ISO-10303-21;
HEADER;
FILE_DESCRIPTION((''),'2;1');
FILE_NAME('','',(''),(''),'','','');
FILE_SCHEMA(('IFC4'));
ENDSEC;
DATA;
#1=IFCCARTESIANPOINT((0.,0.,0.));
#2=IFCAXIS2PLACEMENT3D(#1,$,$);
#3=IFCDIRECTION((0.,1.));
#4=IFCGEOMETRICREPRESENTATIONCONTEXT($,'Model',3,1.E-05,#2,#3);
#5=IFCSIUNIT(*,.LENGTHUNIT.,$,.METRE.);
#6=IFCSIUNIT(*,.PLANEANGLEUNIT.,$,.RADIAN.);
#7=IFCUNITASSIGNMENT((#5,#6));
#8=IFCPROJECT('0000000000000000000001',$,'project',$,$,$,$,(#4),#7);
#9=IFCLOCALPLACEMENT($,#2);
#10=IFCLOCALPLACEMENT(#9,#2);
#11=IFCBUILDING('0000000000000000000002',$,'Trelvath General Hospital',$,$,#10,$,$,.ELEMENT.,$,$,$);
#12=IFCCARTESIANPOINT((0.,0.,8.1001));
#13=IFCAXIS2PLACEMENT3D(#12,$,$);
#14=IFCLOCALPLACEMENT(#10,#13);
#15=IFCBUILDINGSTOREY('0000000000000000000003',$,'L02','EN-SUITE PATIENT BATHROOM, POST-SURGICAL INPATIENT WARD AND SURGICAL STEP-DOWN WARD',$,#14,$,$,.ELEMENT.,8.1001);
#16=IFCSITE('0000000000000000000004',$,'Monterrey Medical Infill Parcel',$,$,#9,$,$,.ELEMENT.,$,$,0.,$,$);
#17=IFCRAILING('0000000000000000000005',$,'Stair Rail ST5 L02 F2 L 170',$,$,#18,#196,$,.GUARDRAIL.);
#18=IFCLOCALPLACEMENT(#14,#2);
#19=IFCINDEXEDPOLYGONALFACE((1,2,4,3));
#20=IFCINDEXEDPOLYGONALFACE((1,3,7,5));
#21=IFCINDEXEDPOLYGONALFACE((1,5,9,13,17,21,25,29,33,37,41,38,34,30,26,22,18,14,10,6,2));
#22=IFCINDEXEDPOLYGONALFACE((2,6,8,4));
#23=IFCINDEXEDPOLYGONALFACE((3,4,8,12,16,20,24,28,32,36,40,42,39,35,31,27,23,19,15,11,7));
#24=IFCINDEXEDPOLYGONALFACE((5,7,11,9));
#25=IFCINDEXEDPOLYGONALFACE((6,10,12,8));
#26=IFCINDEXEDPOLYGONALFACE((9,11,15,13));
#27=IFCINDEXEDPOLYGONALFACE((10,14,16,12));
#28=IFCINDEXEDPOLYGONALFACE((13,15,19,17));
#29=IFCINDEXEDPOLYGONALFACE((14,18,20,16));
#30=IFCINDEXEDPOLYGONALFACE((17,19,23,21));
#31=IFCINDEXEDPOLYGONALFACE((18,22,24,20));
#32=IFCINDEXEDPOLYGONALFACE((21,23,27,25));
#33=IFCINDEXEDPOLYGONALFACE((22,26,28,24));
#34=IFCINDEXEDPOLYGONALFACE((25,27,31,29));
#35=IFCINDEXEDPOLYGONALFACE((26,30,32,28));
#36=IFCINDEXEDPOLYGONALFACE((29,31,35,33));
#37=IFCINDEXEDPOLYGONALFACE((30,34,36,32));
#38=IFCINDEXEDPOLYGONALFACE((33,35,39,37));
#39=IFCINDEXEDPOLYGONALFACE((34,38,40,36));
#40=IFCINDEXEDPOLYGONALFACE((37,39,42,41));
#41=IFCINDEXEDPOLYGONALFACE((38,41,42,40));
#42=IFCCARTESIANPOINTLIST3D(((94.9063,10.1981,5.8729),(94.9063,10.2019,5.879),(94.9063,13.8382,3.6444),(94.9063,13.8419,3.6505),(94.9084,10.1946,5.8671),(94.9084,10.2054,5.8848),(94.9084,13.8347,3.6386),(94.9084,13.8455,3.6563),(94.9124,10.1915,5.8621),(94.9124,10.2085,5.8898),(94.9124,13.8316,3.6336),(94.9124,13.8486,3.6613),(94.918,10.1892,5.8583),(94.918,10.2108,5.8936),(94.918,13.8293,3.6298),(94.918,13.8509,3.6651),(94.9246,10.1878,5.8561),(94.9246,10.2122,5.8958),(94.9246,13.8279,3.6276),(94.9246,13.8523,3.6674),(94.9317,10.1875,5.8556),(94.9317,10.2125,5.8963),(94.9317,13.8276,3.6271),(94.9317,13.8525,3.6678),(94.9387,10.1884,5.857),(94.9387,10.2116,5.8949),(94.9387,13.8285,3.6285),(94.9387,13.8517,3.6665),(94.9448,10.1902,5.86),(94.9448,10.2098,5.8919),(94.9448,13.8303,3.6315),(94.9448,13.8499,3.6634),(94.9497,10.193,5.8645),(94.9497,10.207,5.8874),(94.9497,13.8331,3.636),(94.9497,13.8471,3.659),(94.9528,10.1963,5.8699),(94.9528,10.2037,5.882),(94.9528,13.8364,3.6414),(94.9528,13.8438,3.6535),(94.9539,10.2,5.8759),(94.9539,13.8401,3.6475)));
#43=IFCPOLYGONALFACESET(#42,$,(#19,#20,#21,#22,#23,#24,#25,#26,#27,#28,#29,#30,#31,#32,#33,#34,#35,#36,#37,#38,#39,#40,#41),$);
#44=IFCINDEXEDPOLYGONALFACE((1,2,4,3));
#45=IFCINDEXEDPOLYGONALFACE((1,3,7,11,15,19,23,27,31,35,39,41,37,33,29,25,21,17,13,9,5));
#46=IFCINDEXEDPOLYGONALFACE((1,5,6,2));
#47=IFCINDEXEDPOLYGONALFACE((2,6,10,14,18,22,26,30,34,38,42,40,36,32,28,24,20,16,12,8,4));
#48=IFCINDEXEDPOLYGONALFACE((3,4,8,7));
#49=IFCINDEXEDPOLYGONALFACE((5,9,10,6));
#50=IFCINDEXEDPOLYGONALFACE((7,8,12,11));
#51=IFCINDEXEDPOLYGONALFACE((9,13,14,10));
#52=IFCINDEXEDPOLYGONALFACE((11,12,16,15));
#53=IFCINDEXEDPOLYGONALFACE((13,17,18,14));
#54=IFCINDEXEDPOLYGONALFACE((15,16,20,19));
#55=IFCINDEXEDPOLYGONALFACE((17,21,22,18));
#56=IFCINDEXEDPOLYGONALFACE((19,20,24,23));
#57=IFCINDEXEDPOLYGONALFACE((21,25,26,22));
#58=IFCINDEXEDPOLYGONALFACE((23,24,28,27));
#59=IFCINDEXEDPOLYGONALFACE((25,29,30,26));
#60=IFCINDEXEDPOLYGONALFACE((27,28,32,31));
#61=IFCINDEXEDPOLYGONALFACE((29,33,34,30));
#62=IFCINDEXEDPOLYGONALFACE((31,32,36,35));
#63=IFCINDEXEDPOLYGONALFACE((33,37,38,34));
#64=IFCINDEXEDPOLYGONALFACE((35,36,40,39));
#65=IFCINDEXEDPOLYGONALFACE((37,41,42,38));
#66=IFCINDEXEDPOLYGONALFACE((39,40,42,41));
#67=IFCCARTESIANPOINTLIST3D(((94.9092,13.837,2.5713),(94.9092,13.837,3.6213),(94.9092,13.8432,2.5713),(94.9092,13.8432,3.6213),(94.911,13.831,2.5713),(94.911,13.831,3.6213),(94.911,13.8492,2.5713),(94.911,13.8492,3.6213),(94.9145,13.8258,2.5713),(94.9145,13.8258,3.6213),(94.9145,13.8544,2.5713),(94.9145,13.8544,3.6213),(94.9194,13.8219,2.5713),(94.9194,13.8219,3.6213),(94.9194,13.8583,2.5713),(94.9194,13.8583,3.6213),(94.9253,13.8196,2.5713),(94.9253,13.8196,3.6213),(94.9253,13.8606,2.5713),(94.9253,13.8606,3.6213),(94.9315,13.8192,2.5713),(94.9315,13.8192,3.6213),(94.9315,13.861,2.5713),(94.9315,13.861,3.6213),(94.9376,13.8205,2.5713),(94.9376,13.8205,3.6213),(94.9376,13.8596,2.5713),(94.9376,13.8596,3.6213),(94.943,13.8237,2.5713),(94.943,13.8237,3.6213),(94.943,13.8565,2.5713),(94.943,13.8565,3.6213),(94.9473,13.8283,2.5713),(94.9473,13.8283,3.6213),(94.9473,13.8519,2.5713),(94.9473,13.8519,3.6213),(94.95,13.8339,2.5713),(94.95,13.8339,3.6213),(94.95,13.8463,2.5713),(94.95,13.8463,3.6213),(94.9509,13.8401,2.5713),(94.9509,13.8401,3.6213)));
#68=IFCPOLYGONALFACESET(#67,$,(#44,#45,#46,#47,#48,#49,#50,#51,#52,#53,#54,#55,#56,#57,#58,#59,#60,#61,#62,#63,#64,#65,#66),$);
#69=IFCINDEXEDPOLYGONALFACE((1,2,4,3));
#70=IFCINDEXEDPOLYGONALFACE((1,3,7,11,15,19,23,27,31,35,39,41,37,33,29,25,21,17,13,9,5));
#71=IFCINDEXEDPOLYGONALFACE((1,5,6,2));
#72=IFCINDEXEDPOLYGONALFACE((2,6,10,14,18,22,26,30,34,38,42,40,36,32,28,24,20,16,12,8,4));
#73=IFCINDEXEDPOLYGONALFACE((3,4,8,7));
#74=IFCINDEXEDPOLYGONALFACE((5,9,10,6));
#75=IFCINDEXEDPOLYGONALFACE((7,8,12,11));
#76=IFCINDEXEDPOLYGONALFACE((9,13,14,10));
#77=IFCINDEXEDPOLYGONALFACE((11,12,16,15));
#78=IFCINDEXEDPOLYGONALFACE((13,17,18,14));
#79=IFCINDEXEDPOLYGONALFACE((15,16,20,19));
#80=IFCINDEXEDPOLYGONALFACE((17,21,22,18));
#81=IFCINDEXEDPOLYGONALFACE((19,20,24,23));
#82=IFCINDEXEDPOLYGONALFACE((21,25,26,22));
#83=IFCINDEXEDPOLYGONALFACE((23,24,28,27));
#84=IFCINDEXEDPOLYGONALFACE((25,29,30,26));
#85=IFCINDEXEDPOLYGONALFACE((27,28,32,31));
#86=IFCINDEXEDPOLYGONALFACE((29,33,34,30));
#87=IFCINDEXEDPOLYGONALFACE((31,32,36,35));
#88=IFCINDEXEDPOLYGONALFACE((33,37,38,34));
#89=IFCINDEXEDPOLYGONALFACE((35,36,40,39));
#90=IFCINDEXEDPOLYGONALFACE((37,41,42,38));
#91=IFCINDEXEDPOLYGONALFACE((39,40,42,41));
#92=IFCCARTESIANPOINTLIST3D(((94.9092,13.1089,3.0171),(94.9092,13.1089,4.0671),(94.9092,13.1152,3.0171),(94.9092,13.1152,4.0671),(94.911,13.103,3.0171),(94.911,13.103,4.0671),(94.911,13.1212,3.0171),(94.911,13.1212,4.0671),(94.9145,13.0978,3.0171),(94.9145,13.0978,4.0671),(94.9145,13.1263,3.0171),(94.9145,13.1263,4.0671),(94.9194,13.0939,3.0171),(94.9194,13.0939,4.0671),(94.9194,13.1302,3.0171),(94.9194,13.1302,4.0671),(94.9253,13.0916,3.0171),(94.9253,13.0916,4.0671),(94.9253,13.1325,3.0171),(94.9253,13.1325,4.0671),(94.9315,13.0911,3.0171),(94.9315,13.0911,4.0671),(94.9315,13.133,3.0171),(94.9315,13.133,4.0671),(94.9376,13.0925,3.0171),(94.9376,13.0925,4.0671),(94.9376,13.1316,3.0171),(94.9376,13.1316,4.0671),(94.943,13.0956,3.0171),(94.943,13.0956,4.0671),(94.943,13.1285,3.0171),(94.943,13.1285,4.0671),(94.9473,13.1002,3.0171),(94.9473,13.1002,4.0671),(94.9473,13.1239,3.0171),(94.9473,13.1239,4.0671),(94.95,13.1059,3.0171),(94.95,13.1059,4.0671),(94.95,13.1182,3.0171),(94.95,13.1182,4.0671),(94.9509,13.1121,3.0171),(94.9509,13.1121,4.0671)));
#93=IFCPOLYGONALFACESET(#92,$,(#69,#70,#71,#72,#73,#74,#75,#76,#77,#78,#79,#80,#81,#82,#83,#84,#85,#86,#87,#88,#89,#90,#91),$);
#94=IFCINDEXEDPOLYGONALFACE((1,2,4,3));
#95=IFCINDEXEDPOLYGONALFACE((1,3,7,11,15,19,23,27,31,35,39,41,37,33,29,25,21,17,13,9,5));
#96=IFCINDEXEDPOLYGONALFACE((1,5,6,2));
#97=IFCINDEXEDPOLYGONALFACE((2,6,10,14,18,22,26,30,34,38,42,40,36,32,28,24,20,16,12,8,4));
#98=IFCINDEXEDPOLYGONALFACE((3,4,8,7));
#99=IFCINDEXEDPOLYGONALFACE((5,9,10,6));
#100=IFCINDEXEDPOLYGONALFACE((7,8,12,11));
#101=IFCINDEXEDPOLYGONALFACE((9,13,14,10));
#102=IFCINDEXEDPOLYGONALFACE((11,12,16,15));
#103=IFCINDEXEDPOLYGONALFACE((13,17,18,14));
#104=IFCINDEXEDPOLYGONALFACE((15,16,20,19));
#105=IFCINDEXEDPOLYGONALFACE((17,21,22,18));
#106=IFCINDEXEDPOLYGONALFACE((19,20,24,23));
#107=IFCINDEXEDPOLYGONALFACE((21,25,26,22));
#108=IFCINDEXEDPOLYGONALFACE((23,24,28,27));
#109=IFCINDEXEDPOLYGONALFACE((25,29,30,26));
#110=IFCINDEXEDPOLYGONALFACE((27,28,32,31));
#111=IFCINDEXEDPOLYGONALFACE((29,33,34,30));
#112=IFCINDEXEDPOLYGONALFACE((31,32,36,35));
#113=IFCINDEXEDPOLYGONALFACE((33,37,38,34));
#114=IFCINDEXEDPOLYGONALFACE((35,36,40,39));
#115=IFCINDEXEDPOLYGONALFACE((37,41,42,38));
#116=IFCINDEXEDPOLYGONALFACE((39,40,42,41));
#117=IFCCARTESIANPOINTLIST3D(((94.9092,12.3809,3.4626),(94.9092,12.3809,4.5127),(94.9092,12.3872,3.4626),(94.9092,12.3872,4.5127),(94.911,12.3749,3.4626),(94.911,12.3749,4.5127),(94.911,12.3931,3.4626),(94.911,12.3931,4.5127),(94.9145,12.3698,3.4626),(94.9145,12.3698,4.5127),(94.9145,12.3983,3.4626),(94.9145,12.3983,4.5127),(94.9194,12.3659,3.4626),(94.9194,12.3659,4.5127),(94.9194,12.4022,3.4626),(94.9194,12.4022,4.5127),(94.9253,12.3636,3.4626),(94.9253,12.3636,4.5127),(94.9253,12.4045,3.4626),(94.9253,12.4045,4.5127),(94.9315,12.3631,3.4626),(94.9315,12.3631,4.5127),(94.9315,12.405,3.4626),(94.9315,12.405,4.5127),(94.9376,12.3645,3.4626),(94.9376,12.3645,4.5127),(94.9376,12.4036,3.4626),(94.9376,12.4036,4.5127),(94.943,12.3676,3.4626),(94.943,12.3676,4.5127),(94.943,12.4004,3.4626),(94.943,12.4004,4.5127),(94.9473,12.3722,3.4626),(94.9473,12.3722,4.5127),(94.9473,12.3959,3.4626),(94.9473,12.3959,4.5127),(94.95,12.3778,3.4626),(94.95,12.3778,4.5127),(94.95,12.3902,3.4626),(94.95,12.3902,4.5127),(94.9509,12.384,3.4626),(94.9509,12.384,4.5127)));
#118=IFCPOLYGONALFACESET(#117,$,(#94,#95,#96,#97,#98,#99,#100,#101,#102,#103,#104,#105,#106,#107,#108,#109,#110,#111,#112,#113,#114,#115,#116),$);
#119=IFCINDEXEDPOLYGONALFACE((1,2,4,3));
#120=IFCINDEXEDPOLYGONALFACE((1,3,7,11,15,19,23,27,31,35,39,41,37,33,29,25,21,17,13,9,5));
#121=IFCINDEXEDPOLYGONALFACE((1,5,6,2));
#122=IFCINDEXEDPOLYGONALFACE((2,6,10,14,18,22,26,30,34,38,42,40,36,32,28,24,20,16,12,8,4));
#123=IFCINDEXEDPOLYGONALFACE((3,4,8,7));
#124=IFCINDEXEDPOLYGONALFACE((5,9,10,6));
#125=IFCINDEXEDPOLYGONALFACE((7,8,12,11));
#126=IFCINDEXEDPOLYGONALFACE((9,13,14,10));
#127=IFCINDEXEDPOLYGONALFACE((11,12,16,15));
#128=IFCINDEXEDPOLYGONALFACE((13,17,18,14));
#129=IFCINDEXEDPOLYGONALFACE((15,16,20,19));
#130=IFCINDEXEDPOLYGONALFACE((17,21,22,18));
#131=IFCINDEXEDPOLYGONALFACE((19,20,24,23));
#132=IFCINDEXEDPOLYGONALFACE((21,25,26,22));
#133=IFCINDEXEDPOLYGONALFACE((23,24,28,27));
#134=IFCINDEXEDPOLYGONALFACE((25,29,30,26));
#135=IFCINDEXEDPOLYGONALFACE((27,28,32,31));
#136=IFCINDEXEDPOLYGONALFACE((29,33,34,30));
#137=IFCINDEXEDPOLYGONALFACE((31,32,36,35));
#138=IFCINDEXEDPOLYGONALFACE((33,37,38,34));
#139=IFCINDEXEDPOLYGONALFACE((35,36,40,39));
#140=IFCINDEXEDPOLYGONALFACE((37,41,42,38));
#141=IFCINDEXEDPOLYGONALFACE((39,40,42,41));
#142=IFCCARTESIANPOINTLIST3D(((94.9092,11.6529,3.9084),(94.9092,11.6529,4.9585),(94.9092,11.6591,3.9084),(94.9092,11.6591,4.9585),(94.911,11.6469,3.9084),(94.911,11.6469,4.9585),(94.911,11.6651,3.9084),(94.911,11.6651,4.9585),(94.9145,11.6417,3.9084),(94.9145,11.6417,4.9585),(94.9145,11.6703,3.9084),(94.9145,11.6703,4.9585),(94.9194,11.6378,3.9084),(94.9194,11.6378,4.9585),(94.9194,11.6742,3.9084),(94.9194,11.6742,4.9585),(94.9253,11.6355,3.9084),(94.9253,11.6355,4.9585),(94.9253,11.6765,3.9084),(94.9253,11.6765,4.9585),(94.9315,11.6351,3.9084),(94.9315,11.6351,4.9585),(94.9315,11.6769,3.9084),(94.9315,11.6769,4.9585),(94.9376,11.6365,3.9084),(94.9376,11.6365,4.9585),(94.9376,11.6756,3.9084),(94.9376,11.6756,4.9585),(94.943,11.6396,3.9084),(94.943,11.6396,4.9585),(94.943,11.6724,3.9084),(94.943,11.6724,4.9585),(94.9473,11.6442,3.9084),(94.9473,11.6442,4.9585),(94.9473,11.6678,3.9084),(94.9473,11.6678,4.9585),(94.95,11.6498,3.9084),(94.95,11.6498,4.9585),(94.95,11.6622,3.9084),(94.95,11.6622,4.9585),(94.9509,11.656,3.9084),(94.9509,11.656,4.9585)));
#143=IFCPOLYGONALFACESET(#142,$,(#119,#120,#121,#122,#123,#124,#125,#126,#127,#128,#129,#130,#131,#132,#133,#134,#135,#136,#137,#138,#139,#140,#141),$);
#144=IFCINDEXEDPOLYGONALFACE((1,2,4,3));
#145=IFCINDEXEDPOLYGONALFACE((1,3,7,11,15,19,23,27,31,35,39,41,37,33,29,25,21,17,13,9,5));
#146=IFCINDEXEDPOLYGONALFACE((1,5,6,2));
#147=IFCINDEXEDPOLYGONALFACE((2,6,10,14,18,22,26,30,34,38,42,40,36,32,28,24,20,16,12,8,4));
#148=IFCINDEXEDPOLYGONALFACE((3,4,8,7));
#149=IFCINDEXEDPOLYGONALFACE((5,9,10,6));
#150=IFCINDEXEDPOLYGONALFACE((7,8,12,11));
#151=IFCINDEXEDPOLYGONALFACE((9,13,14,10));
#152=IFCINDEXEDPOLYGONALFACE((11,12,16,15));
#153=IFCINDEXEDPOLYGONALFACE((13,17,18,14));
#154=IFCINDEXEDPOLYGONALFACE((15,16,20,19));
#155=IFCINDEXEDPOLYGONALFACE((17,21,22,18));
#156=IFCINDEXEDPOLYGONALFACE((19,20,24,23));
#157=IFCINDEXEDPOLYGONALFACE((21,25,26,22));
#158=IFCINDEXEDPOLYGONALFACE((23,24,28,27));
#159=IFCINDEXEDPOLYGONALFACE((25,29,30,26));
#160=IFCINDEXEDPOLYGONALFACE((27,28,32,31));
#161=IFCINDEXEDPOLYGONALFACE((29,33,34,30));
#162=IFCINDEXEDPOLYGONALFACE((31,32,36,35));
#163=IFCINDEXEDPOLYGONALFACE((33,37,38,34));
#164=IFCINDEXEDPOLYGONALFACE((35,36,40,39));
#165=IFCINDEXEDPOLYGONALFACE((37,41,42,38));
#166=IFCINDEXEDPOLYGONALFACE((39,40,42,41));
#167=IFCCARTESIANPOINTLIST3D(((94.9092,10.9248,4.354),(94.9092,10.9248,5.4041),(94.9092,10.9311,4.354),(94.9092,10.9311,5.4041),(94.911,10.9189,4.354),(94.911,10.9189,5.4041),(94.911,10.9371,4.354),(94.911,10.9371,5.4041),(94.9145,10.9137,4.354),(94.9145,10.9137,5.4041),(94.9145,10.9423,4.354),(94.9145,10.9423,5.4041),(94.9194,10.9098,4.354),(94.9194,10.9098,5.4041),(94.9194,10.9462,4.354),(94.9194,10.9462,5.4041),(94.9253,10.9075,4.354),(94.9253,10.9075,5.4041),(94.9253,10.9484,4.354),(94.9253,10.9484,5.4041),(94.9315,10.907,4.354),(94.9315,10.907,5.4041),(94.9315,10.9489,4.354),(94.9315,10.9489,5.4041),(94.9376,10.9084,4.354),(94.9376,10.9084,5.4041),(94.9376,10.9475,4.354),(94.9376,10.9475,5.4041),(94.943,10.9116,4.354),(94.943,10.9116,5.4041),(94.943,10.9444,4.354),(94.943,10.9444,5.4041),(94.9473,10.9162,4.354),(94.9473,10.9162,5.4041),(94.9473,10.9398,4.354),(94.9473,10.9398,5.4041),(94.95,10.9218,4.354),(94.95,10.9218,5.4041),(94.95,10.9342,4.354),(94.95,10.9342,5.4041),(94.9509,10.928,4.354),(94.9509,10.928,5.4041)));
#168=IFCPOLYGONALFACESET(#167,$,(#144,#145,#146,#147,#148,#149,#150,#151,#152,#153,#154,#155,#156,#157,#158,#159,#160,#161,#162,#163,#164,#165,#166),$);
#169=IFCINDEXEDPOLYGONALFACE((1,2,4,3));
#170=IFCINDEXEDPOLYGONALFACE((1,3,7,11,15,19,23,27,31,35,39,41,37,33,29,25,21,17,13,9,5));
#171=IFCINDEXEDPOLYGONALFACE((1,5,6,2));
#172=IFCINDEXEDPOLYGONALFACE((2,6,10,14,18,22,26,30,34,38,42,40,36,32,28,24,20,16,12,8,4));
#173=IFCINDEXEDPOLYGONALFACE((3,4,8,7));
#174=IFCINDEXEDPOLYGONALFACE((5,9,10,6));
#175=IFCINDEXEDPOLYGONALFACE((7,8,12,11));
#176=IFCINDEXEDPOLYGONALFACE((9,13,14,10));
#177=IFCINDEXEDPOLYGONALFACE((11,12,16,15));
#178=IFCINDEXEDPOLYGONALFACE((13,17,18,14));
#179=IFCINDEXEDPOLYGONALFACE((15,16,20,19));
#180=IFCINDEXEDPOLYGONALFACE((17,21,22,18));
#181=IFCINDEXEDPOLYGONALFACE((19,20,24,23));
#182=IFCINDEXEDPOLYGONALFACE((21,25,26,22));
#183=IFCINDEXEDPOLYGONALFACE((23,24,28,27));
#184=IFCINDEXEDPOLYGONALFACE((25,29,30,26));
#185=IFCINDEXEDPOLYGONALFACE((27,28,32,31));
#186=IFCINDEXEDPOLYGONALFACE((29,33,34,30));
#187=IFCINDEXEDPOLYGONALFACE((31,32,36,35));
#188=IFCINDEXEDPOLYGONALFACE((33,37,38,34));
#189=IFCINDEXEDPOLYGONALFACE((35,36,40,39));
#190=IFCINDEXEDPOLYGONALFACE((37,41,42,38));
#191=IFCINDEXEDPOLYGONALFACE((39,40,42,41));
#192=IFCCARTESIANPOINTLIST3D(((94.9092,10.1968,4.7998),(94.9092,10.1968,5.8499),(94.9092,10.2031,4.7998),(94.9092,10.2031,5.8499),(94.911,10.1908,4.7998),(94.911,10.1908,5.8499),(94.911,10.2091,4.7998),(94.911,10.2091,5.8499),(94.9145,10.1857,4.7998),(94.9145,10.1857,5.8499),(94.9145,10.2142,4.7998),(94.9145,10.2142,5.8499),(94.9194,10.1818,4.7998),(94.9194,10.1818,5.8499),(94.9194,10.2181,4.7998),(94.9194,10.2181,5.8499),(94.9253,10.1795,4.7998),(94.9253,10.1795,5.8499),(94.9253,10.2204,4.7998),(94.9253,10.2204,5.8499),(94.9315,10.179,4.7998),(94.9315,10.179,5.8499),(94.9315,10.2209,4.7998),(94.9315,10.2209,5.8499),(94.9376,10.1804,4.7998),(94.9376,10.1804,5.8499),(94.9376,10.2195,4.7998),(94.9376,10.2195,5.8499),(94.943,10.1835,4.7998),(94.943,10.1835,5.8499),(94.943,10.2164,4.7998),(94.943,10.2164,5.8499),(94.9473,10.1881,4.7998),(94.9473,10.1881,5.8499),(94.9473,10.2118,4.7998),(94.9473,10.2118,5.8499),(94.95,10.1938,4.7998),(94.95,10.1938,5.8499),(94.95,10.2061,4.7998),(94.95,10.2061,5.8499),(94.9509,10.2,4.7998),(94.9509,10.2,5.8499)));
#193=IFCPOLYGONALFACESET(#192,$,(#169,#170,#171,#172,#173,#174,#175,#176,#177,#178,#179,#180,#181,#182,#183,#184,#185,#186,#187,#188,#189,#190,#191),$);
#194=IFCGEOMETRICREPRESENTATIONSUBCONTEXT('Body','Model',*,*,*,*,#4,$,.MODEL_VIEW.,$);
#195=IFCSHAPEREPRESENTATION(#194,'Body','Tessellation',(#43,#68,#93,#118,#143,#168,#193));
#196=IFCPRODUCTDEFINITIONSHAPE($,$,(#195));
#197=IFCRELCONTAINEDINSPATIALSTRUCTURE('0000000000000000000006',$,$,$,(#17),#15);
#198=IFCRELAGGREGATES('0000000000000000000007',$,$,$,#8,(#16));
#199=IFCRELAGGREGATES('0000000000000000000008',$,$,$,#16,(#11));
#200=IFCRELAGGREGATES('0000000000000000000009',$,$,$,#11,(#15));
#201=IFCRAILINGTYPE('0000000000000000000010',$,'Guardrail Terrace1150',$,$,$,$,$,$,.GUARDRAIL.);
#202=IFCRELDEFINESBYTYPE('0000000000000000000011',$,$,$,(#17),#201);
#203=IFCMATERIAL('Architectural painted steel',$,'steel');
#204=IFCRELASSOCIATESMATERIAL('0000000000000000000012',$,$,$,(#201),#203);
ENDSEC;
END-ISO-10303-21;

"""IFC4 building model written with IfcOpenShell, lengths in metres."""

from ifc_helpers import new_model, si_unit, direction, frame, origin, origin_2d, place, context, subcontext, project, spatial, circle, extrude, material, type_object, element, save


model = new_model("IFC4")

# Units and contexts
model_context = context("Model", 3, precision=1e-05, world=origin(), true_north=direction((0.0, 1.0)))
body_context = subcontext(model_context, "Body", "Model", "MODEL_VIEW")
ifc_project = project(units=[si_unit("LENGTHUNIT", "METRE"), si_unit("PLANEANGLEUNIT", "RADIAN")], contexts=[model_context])

# Site, building, storey
site_placement = place(None, origin())
site = spatial("IfcSite", under=ifc_project, at=site_placement, Name="Monterrey Medical Infill Parcel", CompositionType="ELEMENT", RefElevation=0.0)
building_placement = place(site_placement, origin())
building = spatial("IfcBuilding", under=site, at=building_placement, Name="Trelvath General Hospital", CompositionType="ELEMENT")
storey_placement = place(building_placement, frame((0.0, 0.0, 8.1001)))
storey = spatial("IfcBuildingStorey", under=building, at=storey_placement, Name="L02", Description="EN-SUITE PATIENT BATHROOM, POST-SURGICAL INPATIENT WARD AND SURGICAL STEP-DOWN WARD", CompositionType="ELEMENT", Elevation=8.1001)

# Railing
ifc_material_1 = material(Name="Architectural painted steel", Category="steel")
railing_type_1 = type_object("IfcRailingType", Name="Guardrail Terrace1150", PredefinedType="GUARDRAIL", material=ifc_material_1)
railing_1_placement = place(storey_placement, frame((94.9299, 13.8401, 2.5713)))
element("IfcRailing", 1, at=railing_1_placement, inside=storey, type_object=railing_type_1, Name="Stair Rail ST5 L02 F2 L 170", PredefinedType="GUARDRAIL", context=body_context, shape_type="SweptSolid", body=[
    extrude(circle(Radius=0.0239, at=origin_2d()), frame((0.0, 0.0, 1.0762), z_axis=(0.0, -0.852866, 0.52213), x_axis=(1.0, 0.0, 0.0)), (0.0, 0.0, 1.0), 4.2681),
    extrude(circle(Radius=0.021, at=origin_2d()), origin(), (0.0, 0.0, 1.0), 1.05),
    extrude(circle(Radius=0.021, at=origin_2d()), frame((0.0, -0.728, 0.4458)), (0.0, 0.0, 1.0), 1.05),
    extrude(circle(Radius=0.021, at=origin_2d()), frame((0.0, -1.4561, 0.8914)), (0.0, 0.0, 1.0), 1.05),
    extrude(circle(Radius=0.021, at=origin_2d()), frame((0.0, -2.1841, 1.3372)), (0.0, 0.0, 1.0), 1.05),
    extrude(circle(Radius=0.021, at=origin_2d()), frame((0.0, -2.9121, 1.7827)), (0.0, 0.0, 1.0), 1.05),
    extrude(circle(Radius=0.021, at=origin_2d()), frame((0.0, -3.6401, 2.2285)), (0.0, 0.0, 1.0), 1.05),
])

save(model, "model.ifc")
